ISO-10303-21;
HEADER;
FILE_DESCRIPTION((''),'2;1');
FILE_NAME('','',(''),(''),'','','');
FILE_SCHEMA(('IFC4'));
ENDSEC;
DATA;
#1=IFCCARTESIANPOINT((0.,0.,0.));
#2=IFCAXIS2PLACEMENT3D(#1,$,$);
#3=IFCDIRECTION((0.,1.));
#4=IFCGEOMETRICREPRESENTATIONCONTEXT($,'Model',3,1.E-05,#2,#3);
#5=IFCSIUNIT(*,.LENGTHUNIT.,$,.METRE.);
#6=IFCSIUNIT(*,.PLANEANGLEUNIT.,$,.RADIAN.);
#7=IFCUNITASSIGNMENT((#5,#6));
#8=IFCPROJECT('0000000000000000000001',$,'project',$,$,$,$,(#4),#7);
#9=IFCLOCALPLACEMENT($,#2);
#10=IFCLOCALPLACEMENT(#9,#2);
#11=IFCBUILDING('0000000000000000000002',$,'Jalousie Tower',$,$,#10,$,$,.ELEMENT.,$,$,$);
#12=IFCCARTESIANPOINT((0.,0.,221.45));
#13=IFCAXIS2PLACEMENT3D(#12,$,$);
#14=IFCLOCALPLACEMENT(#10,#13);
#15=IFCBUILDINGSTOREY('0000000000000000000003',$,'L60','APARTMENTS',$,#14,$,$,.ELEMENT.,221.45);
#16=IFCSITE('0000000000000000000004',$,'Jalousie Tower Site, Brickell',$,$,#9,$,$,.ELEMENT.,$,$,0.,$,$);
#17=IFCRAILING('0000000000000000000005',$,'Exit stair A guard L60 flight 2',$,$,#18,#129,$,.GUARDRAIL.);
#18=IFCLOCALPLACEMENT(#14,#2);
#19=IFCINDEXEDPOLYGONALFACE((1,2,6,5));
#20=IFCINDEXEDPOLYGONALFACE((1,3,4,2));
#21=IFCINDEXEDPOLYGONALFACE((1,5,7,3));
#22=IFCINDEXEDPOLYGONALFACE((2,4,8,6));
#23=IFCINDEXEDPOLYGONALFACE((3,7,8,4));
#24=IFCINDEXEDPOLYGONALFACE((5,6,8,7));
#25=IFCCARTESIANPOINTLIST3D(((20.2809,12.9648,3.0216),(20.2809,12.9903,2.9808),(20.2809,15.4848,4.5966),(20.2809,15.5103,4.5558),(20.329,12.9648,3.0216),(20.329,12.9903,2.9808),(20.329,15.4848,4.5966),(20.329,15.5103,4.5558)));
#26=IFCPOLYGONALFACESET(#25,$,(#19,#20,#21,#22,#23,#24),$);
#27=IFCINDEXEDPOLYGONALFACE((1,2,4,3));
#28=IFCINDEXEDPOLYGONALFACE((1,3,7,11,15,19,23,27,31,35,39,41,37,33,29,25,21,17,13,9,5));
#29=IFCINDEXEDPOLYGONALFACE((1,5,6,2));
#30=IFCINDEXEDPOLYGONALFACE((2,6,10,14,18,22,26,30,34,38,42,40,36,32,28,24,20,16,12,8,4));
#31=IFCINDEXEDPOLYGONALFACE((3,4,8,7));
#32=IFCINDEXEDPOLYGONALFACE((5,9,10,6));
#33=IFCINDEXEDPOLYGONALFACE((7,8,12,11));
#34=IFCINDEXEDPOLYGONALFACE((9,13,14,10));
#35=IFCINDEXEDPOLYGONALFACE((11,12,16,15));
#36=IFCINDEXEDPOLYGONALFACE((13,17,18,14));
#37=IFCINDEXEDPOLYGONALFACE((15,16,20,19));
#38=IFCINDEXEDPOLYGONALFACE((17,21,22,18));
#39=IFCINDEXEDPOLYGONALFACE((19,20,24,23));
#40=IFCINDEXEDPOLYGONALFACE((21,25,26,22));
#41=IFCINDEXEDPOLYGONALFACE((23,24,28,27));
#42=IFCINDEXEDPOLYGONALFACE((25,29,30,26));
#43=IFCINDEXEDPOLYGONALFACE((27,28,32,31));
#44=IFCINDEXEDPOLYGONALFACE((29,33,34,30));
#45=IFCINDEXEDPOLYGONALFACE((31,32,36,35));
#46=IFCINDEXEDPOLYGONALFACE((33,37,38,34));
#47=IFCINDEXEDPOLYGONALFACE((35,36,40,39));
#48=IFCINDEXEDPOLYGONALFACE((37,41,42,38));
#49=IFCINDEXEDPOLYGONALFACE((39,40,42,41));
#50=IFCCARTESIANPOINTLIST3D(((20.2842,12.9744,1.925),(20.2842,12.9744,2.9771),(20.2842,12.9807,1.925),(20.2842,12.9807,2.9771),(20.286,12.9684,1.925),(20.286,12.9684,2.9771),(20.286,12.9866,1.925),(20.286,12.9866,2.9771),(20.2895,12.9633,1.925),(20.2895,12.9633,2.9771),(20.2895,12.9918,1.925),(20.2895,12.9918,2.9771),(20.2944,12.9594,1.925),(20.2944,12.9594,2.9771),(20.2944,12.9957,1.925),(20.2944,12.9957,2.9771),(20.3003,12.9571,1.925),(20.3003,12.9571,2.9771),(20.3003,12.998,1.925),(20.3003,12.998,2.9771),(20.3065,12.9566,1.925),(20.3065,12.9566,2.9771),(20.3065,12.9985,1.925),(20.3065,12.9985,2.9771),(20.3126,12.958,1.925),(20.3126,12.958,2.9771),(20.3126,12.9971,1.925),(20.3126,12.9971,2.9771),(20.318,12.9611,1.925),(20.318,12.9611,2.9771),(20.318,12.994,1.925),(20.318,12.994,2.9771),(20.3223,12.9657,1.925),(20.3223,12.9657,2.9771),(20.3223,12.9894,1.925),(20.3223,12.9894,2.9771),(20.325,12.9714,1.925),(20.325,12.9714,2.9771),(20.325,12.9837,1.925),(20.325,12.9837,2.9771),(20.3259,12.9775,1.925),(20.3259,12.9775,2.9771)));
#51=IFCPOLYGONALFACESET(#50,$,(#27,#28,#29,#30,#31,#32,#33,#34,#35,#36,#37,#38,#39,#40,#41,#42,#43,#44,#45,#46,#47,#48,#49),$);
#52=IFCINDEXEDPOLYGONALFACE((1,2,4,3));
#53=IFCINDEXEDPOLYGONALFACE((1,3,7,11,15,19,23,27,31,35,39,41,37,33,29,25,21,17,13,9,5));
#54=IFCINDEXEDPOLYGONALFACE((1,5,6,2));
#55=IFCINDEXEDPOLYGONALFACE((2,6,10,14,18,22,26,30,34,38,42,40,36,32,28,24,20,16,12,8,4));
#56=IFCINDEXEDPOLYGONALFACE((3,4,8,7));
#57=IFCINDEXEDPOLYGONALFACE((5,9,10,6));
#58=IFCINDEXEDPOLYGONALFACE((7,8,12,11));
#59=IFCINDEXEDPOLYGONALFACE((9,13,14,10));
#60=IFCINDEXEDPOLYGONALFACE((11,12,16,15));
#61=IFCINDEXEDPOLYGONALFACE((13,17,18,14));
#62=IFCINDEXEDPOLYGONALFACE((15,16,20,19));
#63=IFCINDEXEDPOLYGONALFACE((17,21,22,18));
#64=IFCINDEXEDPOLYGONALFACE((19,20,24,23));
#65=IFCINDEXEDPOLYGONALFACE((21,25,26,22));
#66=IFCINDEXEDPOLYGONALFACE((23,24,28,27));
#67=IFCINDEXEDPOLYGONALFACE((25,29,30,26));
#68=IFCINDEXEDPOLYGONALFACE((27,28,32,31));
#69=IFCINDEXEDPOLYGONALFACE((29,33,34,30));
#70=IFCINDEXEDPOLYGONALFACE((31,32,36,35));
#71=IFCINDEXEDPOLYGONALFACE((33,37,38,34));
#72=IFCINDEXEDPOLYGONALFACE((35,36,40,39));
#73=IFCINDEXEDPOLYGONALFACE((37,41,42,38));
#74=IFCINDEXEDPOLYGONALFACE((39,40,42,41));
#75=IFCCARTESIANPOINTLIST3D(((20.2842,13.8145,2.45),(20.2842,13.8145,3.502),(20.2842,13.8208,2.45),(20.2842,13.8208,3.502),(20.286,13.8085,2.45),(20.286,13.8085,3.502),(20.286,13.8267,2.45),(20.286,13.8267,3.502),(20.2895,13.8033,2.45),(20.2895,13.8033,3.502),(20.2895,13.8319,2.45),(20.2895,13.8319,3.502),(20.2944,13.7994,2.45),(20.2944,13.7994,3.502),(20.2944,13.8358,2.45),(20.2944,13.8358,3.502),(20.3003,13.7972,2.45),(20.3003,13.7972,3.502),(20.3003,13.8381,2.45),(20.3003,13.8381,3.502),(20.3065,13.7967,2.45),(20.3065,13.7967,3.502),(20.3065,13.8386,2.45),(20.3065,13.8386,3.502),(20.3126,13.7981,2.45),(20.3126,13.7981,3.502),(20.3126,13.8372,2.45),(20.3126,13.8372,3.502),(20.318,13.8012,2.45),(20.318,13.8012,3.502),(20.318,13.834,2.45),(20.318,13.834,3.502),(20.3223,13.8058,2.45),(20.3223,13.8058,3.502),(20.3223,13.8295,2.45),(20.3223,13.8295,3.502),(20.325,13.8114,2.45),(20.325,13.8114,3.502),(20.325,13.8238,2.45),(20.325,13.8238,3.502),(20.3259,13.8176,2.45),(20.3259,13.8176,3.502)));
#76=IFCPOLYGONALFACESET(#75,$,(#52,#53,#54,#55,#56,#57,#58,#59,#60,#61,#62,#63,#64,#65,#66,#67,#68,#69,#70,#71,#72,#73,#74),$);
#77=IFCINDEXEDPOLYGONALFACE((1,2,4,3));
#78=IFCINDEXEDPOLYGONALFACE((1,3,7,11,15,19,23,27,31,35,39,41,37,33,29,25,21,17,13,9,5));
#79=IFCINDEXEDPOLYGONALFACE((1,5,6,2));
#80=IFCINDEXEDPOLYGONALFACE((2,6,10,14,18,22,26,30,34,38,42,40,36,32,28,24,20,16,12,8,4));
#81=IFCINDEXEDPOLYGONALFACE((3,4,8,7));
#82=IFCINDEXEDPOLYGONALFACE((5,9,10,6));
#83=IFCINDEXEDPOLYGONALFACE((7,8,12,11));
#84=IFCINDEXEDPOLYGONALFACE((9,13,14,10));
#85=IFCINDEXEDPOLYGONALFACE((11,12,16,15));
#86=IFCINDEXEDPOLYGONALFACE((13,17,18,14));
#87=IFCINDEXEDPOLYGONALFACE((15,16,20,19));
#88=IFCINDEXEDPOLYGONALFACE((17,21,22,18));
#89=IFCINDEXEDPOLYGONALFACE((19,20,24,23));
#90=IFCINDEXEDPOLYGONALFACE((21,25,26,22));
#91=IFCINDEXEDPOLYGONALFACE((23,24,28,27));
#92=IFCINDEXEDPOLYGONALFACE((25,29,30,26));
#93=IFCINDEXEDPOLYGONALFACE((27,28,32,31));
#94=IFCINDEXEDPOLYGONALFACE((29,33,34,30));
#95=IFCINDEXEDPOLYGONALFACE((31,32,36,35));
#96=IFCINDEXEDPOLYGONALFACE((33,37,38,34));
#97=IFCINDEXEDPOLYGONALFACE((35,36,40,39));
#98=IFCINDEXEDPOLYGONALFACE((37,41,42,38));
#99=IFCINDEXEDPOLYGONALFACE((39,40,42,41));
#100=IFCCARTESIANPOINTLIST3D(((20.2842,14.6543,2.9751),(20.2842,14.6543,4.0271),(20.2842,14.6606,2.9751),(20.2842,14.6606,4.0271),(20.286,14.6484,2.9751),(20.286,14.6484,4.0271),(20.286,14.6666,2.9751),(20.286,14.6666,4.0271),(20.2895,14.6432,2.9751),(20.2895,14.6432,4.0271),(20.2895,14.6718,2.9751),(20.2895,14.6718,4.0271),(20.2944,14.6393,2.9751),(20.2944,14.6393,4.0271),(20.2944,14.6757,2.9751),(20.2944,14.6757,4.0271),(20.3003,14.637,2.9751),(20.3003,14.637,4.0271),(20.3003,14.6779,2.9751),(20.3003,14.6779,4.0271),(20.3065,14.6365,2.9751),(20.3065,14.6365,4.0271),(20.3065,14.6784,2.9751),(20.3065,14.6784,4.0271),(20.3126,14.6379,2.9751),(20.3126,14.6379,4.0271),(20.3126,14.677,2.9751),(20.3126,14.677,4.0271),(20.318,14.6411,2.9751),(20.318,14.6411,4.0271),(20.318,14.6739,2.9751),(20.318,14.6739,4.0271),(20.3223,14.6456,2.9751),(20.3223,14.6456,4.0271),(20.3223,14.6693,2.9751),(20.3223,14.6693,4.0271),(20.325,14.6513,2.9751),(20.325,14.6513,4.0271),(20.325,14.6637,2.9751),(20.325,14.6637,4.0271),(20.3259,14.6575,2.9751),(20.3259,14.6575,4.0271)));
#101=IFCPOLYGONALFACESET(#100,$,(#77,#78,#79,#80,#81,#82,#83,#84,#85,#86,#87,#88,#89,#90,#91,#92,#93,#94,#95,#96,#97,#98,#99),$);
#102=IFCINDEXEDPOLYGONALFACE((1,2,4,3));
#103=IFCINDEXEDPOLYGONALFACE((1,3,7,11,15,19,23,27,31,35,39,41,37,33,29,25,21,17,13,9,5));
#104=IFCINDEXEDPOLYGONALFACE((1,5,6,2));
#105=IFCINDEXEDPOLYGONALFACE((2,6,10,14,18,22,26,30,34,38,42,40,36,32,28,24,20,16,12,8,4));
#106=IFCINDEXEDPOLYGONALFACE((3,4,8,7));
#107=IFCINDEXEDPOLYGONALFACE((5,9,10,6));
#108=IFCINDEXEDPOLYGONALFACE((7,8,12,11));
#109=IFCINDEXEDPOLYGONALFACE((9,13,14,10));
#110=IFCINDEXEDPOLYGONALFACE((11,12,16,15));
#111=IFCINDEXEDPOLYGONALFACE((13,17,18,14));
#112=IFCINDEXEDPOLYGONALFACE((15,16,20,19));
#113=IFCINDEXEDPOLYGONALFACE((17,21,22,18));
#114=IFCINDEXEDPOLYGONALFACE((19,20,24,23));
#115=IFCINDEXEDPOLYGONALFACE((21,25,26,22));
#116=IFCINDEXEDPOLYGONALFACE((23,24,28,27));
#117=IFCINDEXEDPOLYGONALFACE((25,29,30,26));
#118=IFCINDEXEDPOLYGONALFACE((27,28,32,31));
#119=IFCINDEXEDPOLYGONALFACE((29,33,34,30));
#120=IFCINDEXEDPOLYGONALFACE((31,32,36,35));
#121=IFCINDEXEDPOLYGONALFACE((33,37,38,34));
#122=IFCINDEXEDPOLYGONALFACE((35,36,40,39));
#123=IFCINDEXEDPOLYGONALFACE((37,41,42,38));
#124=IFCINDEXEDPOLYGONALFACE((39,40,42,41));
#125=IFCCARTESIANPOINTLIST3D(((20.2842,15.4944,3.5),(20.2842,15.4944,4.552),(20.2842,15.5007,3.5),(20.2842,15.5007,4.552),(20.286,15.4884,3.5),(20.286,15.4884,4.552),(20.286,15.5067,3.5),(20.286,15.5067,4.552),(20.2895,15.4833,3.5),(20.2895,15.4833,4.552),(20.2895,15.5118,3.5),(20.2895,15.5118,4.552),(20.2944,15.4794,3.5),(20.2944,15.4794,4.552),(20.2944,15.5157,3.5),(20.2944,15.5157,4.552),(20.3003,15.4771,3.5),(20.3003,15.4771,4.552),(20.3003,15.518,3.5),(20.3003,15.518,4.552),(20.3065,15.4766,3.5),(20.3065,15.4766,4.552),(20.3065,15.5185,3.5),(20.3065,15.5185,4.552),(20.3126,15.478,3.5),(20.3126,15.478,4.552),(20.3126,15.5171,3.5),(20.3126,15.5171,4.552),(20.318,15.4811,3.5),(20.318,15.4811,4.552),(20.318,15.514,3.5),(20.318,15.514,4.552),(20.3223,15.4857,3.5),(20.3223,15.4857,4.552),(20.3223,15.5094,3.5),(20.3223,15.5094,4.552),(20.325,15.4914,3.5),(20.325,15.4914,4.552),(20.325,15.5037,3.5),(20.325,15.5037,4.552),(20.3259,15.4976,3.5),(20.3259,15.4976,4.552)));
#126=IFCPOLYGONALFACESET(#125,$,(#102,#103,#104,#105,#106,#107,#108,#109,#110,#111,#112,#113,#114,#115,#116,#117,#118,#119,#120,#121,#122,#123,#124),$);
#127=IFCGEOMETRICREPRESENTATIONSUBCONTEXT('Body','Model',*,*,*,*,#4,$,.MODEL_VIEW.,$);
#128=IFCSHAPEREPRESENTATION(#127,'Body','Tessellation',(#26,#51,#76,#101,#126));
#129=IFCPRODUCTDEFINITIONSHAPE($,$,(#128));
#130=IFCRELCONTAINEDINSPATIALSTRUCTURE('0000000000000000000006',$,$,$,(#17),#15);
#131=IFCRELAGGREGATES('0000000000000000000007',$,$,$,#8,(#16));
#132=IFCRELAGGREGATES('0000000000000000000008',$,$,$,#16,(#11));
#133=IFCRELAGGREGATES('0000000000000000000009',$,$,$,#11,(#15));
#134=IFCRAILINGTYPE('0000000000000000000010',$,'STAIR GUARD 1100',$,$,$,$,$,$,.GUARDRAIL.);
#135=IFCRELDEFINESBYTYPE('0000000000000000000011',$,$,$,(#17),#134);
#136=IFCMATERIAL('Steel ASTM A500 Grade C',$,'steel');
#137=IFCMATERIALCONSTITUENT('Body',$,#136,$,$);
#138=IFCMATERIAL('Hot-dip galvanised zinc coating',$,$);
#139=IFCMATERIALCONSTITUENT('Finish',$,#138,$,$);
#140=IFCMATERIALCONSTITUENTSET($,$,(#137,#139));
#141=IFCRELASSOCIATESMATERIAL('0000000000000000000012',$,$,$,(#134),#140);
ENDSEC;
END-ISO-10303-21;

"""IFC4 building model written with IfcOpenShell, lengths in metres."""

from ifc_helpers import new_model, si_unit, direction, frame, origin, origin_2d, place, context, subcontext, project, spatial, rectangle, circle, extrude, material, constituent, constituent_set, type_object, element, save


model = new_model("IFC4")

# Units and contexts
model_context = context("Model", 3, precision=1e-05, world=origin(), true_north=direction((0.0, 1.0)))
body_context = subcontext(model_context, "Body", "Model", "MODEL_VIEW")
ifc_project = project(units=[si_unit("LENGTHUNIT", "METRE"), si_unit("PLANEANGLEUNIT", "RADIAN")], contexts=[model_context])

# Site, building, storey
site_placement = place(None, origin())
site = spatial("IfcSite", under=ifc_project, at=site_placement, Name="Jalousie Tower Site, Brickell", CompositionType="ELEMENT", RefElevation=0.0)
building_placement = place(site_placement, origin())
building = spatial("IfcBuilding", under=site, at=building_placement, Name="Jalousie Tower", CompositionType="ELEMENT")
storey_placement = place(building_placement, frame((0.0, 0.0, 221.45)))
storey = spatial("IfcBuildingStorey", under=building, at=storey_placement, Name="L60", Description="APARTMENTS", CompositionType="ELEMENT", Elevation=221.45)

# Railing
ifc_material_1 = material(Name="Steel ASTM A500 Grade C", Category="steel")
ifc_constituent_1 = constituent(ifc_material_1, Name="Body")
ifc_material_2 = material(Name="Hot-dip galvanised zinc coating")
ifc_constituent_2 = constituent(ifc_material_2, Name="Finish")
ifc_constituent_set_1 = constituent_set(constituents=[ifc_constituent_1, ifc_constituent_2])
railing_type_1 = type_object("IfcRailingType", Name="STAIR GUARD 1100", PredefinedType="GUARDRAIL", material=ifc_constituent_set_1)
railing_1_placement = place(storey_placement, frame((20.3049, 12.9775, 1.925)))
element("IfcRailing", 1, at=railing_1_placement, inside=storey, type_object=railing_type_1, Name="Exit stair A guard L60 flight 2", PredefinedType="GUARDRAIL", context=body_context, shape_type="SweptSolid", body=[
    extrude(rectangle(XDim=0.0481, YDim=0.0481, at=origin_2d()), frame((0.0, 0.0, 1.0762), z_axis=(0.0, 0.848008, 0.529984), x_axis=(-1.0, 0.0, 0.0)), (0.0, 0.0, 1.0), 2.9717),
    extrude(circle(Radius=0.021, at=origin_2d()), origin(), (0.0, 0.0, 1.0), 1.052),
    extrude(circle(Radius=0.021, at=origin_2d()), frame((0.0, 0.8401, 0.5249)), (0.0, 0.0, 1.0), 1.052),
    extrude(circle(Radius=0.021, at=origin_2d()), frame((0.0, 1.6799, 1.05)), (0.0, 0.0, 1.0), 1.052),
    extrude(circle(Radius=0.021, at=origin_2d()), frame((0.0, 2.52, 1.575)), (0.0, 0.0, 1.0), 1.052),
])

save(model, "model.ifc")
